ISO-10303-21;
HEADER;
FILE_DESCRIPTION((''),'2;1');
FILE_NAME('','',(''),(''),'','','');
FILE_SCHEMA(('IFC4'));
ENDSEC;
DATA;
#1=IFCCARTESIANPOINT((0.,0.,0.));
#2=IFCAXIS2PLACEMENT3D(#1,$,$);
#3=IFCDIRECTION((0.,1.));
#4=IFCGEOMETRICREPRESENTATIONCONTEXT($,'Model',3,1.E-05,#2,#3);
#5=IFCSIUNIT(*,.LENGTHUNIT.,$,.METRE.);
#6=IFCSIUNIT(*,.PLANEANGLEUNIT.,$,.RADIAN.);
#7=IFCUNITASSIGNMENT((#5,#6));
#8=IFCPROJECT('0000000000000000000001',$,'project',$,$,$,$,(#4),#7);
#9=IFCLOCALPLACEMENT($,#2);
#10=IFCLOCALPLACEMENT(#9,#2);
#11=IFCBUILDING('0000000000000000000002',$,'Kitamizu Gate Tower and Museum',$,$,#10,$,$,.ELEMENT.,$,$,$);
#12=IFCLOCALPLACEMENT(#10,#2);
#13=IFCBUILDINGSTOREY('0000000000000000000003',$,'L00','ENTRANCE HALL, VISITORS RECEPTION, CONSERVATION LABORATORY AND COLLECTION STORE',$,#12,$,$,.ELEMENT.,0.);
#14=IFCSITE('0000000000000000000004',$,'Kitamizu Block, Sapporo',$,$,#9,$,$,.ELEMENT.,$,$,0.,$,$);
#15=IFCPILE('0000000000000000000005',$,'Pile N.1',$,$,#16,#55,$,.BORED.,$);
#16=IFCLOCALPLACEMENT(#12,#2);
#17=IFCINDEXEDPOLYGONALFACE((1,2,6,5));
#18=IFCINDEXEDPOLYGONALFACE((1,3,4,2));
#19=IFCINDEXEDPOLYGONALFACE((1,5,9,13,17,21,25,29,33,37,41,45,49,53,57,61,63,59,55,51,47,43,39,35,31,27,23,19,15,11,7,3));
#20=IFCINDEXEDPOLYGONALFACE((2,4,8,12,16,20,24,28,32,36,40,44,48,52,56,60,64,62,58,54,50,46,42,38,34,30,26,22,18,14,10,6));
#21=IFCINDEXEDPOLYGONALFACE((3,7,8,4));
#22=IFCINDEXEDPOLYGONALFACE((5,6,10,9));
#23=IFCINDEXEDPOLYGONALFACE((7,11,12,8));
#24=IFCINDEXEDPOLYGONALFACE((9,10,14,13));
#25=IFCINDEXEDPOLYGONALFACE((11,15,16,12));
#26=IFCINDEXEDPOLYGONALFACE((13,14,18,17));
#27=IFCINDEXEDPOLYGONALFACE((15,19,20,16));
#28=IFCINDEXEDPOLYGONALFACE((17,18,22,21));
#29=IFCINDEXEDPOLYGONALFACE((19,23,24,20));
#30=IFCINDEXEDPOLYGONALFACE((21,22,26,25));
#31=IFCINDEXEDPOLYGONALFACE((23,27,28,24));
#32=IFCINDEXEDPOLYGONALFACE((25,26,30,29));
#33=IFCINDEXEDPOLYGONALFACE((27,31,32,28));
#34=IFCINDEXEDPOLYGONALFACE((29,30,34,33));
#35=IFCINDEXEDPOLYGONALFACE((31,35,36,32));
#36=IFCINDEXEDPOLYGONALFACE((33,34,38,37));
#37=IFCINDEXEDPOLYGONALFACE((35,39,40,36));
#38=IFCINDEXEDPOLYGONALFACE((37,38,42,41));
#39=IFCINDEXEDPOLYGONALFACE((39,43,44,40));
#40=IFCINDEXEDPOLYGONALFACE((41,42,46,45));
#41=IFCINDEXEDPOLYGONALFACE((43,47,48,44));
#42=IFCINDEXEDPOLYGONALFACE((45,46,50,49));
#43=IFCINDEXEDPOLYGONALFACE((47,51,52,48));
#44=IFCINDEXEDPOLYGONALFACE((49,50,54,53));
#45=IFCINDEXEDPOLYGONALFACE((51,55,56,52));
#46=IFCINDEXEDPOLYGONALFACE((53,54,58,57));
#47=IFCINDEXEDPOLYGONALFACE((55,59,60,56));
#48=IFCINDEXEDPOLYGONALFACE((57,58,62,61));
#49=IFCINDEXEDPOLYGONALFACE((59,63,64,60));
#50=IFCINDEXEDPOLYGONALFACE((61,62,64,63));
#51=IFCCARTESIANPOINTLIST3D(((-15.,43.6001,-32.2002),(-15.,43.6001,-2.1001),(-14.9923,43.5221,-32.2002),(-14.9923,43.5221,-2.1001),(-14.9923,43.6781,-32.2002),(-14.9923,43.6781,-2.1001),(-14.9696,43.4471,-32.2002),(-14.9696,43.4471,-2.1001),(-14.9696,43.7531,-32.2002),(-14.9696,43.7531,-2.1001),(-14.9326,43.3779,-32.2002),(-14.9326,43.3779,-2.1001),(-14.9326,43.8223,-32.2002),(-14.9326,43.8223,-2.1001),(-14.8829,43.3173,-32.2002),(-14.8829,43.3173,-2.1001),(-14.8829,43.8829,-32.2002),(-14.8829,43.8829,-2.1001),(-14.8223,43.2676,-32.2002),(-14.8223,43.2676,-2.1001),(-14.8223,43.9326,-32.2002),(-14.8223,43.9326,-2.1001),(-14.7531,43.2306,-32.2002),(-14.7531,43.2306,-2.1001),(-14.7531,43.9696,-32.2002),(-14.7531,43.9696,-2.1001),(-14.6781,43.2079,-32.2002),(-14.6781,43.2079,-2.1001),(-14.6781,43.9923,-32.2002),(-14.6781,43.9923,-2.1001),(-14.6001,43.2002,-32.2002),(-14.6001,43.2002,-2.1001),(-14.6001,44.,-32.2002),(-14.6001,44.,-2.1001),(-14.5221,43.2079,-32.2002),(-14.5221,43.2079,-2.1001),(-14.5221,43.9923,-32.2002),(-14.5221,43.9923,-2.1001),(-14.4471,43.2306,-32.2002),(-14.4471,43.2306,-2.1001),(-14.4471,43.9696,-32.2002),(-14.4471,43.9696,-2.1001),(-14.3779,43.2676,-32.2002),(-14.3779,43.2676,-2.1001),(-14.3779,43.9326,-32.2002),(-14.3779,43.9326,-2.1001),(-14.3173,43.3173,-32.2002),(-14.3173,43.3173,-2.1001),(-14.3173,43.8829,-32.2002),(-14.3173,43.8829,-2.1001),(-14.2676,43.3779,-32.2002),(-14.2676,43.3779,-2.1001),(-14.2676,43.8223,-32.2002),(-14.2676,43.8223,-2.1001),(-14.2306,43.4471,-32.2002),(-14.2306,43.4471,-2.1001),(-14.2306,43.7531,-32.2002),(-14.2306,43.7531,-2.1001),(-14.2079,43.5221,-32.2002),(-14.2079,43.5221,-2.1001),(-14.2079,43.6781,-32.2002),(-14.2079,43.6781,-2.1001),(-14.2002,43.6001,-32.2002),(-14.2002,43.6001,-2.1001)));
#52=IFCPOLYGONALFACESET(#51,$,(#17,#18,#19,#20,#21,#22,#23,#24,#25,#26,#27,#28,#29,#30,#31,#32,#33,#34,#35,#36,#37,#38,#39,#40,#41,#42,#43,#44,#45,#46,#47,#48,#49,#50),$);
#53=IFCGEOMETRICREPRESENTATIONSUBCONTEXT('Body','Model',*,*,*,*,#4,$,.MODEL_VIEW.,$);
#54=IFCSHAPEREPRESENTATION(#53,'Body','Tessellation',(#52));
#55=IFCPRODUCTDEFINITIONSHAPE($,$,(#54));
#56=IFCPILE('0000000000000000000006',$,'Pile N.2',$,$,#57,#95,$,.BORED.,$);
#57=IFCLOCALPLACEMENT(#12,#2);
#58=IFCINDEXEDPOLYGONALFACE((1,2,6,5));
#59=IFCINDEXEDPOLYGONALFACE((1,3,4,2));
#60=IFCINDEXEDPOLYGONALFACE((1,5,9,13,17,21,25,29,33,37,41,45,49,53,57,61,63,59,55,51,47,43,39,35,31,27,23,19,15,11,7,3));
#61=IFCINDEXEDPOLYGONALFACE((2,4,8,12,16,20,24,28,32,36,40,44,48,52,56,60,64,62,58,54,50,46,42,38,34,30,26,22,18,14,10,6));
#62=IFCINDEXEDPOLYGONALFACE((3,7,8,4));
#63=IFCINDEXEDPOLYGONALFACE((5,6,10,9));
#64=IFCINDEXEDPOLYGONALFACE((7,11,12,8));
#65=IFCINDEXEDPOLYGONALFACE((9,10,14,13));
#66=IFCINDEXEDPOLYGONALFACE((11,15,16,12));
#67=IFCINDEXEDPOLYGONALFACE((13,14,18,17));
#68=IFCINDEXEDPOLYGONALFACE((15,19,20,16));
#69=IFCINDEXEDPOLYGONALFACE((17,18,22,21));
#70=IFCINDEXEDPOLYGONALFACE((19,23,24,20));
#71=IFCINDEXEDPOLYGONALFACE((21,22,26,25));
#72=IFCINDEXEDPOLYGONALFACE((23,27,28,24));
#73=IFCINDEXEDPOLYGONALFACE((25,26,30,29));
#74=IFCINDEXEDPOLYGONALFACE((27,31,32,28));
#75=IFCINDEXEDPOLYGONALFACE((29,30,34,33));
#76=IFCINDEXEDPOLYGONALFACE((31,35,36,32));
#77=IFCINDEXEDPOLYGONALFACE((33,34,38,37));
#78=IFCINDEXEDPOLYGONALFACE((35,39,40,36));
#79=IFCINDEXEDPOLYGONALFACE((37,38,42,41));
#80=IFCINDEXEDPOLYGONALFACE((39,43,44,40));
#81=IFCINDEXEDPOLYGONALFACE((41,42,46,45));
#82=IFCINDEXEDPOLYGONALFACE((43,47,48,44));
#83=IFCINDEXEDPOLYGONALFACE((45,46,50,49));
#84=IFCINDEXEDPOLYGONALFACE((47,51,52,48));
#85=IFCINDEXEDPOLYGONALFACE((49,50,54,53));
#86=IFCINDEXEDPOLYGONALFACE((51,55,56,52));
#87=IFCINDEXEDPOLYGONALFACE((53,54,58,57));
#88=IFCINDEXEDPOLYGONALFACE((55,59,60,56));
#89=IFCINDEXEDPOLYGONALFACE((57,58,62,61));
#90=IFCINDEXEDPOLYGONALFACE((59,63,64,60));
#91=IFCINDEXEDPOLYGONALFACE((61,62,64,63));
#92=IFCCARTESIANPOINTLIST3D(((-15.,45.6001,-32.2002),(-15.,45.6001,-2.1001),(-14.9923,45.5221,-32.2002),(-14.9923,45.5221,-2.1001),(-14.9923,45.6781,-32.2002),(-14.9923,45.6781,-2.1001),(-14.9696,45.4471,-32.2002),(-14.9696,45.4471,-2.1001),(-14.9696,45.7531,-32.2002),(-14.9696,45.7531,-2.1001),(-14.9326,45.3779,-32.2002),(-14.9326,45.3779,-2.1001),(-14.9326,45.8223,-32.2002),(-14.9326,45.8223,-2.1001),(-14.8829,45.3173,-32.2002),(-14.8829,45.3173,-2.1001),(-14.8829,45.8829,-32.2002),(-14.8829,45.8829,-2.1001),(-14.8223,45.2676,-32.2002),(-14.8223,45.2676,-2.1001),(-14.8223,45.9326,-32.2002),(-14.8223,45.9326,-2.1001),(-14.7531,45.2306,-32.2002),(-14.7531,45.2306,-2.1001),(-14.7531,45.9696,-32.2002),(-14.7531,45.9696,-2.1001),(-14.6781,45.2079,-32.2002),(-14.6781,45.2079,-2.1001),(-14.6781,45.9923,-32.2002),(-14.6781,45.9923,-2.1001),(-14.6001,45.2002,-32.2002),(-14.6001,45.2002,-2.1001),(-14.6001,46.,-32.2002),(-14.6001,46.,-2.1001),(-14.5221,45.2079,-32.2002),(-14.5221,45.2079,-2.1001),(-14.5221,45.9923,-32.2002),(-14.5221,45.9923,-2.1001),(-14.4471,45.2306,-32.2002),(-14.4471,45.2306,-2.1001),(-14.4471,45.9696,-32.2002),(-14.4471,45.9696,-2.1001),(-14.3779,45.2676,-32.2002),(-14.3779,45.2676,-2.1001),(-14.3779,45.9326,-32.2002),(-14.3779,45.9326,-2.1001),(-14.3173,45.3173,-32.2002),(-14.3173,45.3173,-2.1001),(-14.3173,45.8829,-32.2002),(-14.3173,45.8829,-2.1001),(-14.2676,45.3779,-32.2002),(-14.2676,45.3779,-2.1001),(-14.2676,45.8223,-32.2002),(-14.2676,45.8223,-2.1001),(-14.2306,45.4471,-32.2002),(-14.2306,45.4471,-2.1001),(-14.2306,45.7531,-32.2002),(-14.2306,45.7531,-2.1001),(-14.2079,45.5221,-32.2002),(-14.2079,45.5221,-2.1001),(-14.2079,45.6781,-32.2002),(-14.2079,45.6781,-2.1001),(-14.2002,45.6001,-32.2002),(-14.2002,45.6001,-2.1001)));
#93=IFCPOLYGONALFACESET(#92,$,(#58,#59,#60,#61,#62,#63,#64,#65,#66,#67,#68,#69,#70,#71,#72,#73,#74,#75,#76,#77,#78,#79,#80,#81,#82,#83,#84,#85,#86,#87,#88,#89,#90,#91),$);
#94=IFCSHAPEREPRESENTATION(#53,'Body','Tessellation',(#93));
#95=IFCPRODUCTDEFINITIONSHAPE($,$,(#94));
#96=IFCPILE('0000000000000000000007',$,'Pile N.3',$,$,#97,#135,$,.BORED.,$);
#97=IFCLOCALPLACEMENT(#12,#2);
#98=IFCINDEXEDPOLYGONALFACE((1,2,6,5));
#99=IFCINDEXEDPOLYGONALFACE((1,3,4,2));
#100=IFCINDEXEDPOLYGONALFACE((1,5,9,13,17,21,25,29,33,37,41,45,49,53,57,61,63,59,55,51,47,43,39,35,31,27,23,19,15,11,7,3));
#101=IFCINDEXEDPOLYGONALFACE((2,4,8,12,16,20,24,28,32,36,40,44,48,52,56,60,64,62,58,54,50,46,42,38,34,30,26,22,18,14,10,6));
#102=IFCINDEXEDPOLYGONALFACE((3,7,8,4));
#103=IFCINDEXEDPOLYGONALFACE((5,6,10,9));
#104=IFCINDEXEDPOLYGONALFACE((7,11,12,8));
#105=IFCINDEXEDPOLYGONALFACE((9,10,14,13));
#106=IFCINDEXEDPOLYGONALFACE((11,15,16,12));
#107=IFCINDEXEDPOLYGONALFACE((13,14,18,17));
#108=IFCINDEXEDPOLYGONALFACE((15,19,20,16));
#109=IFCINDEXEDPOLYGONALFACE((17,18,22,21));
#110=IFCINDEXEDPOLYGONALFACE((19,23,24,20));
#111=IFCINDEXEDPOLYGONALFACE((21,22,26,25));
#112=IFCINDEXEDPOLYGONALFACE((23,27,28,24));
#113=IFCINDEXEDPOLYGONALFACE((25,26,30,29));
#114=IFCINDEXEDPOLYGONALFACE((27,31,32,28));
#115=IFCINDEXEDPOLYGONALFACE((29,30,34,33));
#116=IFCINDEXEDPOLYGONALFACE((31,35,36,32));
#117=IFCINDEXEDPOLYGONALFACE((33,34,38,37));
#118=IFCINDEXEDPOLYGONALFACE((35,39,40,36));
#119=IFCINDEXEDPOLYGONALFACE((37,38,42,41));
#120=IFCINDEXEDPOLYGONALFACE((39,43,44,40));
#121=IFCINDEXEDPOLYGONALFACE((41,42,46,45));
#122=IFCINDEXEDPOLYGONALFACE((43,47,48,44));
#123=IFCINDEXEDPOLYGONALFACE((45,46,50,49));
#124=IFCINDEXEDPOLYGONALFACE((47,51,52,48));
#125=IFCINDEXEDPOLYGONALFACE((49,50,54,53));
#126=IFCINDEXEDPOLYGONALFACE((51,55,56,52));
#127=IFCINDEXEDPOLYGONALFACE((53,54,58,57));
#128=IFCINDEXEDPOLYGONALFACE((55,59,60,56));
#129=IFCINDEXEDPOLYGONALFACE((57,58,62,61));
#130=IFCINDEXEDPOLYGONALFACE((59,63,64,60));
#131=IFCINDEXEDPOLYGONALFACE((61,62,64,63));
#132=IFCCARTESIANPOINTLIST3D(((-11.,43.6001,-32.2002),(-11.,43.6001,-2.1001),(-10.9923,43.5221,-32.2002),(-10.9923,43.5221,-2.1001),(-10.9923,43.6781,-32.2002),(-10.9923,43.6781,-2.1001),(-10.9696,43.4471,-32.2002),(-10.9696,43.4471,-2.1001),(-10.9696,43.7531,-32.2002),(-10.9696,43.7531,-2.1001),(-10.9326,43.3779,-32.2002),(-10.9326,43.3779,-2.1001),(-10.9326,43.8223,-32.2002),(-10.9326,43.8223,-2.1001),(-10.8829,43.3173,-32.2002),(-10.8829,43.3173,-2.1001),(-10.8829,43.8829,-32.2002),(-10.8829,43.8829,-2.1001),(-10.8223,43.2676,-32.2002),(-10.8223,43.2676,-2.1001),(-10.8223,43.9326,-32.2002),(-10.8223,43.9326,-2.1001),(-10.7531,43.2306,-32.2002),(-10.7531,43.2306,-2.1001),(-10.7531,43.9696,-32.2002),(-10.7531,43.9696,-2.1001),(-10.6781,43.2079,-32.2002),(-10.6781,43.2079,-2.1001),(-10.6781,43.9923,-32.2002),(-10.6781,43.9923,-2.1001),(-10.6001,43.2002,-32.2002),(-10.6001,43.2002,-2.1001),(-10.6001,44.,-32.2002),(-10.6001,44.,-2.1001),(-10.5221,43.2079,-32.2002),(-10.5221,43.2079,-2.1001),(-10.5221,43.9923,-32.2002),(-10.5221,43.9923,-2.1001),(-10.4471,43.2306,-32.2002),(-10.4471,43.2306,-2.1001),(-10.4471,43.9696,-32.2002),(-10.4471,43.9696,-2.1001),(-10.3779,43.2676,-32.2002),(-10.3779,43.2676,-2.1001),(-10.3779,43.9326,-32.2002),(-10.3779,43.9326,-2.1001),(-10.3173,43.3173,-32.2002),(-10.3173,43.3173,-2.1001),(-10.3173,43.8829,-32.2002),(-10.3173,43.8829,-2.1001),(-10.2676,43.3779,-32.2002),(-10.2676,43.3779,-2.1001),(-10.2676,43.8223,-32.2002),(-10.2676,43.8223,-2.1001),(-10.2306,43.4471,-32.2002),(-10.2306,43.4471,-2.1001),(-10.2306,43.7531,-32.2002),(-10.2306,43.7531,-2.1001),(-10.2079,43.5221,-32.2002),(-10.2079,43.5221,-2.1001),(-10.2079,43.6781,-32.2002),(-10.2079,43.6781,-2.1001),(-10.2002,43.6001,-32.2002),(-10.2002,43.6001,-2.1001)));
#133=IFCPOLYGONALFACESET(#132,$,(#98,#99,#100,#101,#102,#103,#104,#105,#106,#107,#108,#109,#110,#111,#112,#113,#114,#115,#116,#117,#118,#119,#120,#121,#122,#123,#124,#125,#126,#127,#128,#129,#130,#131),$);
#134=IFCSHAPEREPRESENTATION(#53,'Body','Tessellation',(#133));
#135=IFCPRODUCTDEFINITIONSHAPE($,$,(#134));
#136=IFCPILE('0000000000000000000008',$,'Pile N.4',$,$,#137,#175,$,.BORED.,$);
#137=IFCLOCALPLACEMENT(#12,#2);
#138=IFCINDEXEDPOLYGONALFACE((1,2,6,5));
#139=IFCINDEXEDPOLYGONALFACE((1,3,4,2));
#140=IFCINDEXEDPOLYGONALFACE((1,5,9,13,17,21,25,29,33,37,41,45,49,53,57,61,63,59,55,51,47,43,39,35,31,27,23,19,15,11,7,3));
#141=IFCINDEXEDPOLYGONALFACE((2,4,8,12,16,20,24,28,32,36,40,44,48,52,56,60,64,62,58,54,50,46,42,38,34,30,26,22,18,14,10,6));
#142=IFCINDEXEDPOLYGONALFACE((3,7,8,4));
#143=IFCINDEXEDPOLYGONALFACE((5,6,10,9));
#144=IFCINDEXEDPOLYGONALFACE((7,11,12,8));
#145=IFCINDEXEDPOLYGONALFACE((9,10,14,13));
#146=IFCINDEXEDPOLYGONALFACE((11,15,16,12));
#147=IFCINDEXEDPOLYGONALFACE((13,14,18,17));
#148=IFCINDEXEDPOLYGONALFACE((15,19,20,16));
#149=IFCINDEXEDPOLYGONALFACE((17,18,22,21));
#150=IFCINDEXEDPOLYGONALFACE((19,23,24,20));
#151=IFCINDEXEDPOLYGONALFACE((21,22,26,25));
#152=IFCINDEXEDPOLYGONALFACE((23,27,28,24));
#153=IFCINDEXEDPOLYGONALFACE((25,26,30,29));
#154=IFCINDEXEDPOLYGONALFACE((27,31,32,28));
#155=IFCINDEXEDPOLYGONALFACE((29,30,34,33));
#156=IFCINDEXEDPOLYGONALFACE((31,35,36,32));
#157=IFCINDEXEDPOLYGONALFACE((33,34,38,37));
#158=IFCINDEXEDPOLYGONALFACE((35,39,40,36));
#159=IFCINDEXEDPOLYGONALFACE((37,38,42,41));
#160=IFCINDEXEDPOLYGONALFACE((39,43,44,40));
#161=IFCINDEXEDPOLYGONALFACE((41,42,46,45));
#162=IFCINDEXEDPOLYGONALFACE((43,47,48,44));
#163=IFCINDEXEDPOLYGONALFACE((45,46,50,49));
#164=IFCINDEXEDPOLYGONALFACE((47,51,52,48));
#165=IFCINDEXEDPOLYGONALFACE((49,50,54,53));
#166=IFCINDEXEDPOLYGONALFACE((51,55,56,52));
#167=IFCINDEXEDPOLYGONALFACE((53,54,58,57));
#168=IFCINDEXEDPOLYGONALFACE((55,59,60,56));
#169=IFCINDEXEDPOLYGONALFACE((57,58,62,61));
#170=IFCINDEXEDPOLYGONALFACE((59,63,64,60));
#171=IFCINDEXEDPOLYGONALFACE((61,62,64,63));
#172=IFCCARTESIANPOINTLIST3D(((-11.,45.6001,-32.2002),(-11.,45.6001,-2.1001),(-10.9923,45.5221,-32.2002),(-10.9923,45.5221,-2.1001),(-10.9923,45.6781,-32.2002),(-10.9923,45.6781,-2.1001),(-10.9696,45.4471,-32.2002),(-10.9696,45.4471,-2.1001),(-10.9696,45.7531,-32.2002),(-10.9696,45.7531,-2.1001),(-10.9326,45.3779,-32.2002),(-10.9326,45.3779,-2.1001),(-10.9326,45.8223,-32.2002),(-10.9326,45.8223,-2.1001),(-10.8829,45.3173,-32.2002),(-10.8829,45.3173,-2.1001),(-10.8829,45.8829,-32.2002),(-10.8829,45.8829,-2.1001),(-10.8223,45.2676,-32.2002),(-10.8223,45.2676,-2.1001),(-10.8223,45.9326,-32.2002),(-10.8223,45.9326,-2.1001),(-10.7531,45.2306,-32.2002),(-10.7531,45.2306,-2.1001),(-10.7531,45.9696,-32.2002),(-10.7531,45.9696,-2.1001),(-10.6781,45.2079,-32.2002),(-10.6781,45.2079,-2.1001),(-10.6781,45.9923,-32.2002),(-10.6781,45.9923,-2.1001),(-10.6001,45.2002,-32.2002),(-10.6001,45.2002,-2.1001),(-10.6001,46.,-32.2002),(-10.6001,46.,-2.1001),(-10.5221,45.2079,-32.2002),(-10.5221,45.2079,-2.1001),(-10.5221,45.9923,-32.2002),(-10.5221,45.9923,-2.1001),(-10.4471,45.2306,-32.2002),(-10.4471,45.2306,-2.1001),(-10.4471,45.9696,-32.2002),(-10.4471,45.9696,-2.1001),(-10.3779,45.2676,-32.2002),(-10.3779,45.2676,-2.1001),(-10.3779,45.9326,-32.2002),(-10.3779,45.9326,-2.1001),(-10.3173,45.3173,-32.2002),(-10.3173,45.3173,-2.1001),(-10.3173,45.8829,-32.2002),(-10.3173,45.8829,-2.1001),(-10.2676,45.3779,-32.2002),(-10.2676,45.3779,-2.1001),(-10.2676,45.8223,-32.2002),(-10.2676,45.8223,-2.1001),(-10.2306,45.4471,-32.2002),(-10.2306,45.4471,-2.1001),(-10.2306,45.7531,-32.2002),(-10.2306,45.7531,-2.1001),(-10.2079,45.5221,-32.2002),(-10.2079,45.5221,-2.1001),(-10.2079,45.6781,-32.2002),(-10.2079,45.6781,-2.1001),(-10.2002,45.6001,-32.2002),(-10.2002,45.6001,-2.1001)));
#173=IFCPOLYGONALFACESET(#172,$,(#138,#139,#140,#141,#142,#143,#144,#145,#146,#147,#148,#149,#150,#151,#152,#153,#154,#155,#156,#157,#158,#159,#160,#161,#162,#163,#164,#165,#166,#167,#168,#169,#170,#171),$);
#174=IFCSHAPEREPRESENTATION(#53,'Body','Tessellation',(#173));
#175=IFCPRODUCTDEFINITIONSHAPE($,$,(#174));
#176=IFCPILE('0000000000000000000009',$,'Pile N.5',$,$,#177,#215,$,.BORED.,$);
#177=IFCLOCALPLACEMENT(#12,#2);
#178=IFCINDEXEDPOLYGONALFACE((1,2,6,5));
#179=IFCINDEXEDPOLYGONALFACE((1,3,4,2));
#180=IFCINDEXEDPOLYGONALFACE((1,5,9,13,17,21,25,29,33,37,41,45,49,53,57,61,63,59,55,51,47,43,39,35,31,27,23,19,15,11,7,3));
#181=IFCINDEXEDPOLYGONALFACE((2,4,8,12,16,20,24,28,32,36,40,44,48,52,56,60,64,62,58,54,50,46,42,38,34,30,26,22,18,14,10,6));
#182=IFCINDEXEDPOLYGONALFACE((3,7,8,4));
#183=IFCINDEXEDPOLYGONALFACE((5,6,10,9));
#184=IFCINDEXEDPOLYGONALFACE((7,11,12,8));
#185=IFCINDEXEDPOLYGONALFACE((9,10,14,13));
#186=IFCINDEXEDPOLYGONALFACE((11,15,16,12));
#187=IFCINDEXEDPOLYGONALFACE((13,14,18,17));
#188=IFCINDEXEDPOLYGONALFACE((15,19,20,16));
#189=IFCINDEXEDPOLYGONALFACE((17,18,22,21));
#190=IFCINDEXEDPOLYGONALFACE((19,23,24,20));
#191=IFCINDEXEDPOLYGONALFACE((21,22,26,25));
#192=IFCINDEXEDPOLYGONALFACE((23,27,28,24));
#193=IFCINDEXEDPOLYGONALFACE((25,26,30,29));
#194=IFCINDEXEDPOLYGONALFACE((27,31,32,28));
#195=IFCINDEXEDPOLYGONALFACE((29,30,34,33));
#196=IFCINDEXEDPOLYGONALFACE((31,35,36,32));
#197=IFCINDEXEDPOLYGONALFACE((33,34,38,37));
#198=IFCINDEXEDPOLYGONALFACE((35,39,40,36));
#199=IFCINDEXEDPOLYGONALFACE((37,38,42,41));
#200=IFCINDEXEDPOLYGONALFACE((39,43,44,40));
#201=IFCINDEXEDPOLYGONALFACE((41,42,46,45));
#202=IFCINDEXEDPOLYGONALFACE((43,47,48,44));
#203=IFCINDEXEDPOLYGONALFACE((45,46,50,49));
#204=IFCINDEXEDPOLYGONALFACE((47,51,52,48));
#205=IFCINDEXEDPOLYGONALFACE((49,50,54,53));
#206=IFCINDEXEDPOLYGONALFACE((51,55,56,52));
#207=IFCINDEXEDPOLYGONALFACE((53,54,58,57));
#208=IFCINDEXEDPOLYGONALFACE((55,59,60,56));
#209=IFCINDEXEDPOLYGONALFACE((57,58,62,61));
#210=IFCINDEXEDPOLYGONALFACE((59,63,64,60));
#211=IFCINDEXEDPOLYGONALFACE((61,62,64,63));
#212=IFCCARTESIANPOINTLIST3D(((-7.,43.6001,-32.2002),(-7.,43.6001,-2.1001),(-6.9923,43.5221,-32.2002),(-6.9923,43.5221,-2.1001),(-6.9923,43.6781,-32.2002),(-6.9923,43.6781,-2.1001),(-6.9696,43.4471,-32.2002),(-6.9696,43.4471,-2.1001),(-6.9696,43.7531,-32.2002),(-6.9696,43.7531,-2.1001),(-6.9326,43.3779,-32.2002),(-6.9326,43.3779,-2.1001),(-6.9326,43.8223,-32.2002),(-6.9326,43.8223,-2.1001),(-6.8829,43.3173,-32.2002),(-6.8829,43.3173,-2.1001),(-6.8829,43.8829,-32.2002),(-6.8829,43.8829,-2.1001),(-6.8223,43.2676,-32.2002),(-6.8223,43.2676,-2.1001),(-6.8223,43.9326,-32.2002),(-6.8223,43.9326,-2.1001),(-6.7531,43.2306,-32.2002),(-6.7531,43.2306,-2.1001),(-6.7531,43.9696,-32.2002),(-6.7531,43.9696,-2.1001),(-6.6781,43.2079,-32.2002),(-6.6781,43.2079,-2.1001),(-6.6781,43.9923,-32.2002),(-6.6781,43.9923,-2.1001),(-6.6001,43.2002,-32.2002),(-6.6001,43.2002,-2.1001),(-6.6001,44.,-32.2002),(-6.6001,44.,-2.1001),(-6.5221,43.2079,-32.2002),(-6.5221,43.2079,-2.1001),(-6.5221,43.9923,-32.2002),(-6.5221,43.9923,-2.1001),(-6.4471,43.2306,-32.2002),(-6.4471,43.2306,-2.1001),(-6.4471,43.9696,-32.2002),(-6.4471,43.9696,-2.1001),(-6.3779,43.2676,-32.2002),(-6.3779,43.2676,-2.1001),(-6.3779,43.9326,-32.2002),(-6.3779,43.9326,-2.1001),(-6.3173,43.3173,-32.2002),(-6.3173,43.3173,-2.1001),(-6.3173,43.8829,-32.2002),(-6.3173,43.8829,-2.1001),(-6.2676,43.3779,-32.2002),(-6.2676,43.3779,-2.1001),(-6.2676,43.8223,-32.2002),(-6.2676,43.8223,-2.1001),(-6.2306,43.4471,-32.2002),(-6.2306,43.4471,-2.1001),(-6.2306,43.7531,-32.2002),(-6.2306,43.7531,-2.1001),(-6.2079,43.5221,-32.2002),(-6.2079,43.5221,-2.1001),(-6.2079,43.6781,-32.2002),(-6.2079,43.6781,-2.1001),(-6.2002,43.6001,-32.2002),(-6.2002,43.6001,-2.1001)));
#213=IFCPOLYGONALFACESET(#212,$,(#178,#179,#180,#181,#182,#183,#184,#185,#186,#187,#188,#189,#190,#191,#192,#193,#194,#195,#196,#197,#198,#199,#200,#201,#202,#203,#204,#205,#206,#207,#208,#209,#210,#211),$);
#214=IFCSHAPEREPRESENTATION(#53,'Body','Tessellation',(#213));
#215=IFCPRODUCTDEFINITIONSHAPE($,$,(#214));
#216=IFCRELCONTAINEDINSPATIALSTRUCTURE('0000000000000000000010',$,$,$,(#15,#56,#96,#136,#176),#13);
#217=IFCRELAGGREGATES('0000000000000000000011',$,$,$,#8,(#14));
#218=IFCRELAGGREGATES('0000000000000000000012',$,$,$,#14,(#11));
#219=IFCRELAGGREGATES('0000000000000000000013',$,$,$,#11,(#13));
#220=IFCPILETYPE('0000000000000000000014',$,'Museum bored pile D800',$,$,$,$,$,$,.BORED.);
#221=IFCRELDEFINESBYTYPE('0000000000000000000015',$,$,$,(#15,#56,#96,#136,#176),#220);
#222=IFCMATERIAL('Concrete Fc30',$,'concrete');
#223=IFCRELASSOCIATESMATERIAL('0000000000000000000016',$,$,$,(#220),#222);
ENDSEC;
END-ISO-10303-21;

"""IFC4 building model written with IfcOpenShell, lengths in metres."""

from ifc_helpers import new_model, si_unit, direction, frame, origin, origin_2d, place, context, subcontext, project, spatial, circle, extrude, material, material_profile, profile_set, type_object, element, save


model = new_model("IFC4")

# Units and contexts
model_context = context("Model", 3, precision=1e-05, world=origin(), true_north=direction((0.0, 1.0)))
body_context = subcontext(model_context, "Body", "Model", "MODEL_VIEW")
ifc_project = project(units=[si_unit("LENGTHUNIT", "METRE"), si_unit("PLANEANGLEUNIT", "RADIAN")], contexts=[model_context])

# Site, building, storey
site_placement = place(None, origin())
site = spatial("IfcSite", under=ifc_project, at=site_placement, Name="Kitamizu Block, Sapporo", CompositionType="ELEMENT", RefElevation=0.0)
building_placement = place(site_placement, origin())
building = spatial("IfcBuilding", under=site, at=building_placement, Name="Kitamizu Gate Tower and Museum", CompositionType="ELEMENT")
storey_placement = place(building_placement, origin())
storey = spatial("IfcBuildingStorey", under=building, at=storey_placement, Name="L00", Description="ENTRANCE HALL, VISITORS RECEPTION, CONSERVATION LABORATORY AND COLLECTION STORE", CompositionType="ELEMENT", Elevation=0.0)

# Piles
ifc_material_1 = material(Name="Concrete Fc30", Category="concrete")
ifc_material_profile_1 = material_profile(ifc_material_1, circle(Radius=0.3999, at=origin_2d()), Name="D800")
ifc_profile_set_1 = profile_set([ifc_material_profile_1], Name="Concrete Fc30")
pile_type = type_object("IfcPileType", Name="Museum bored pile D800", PredefinedType="BORED", material=ifc_profile_set_1)
for number, where, z_axis, x_axis, name in (
    (1, (-14.6001, 43.6001, -2.1001), (0.0, 0.0, -1.0), (1.0, 0.0, 0.0), "Pile N.1"),
    (2, (-14.6001, 45.6001, -2.1001), (0.0, 0.0, -1.0), (1.0, 0.0, 0.0), "Pile N.2"),
    (3, (-10.6001, 43.6001, -2.1001), (0.0, 0.0, -1.0), (1.0, 0.0, 0.0), "Pile N.3"),
    (4, (-10.6001, 45.6001, -2.1001), (0.0, 0.0, -1.0), (1.0, 0.0, 0.0), "Pile N.4"),
    (5, (-6.6001, 43.6001, -2.1001), (0.0, 0.0, -1.0), (1.0, 0.0, 0.0), "Pile N.5"),
):
    element("IfcPile", number, at=place(storey_placement, frame(where, z_axis=z_axis, x_axis=x_axis)), inside=storey, type_object=pile_type, Name=name, PredefinedType="BORED", context=body_context, shape_type="SweptSolid", body=[
        extrude(circle(Radius=0.3999, at=origin_2d()), origin(), (0.0, 0.0, 1.0), 30.1001),
    ])

save(model, "model.ifc")
